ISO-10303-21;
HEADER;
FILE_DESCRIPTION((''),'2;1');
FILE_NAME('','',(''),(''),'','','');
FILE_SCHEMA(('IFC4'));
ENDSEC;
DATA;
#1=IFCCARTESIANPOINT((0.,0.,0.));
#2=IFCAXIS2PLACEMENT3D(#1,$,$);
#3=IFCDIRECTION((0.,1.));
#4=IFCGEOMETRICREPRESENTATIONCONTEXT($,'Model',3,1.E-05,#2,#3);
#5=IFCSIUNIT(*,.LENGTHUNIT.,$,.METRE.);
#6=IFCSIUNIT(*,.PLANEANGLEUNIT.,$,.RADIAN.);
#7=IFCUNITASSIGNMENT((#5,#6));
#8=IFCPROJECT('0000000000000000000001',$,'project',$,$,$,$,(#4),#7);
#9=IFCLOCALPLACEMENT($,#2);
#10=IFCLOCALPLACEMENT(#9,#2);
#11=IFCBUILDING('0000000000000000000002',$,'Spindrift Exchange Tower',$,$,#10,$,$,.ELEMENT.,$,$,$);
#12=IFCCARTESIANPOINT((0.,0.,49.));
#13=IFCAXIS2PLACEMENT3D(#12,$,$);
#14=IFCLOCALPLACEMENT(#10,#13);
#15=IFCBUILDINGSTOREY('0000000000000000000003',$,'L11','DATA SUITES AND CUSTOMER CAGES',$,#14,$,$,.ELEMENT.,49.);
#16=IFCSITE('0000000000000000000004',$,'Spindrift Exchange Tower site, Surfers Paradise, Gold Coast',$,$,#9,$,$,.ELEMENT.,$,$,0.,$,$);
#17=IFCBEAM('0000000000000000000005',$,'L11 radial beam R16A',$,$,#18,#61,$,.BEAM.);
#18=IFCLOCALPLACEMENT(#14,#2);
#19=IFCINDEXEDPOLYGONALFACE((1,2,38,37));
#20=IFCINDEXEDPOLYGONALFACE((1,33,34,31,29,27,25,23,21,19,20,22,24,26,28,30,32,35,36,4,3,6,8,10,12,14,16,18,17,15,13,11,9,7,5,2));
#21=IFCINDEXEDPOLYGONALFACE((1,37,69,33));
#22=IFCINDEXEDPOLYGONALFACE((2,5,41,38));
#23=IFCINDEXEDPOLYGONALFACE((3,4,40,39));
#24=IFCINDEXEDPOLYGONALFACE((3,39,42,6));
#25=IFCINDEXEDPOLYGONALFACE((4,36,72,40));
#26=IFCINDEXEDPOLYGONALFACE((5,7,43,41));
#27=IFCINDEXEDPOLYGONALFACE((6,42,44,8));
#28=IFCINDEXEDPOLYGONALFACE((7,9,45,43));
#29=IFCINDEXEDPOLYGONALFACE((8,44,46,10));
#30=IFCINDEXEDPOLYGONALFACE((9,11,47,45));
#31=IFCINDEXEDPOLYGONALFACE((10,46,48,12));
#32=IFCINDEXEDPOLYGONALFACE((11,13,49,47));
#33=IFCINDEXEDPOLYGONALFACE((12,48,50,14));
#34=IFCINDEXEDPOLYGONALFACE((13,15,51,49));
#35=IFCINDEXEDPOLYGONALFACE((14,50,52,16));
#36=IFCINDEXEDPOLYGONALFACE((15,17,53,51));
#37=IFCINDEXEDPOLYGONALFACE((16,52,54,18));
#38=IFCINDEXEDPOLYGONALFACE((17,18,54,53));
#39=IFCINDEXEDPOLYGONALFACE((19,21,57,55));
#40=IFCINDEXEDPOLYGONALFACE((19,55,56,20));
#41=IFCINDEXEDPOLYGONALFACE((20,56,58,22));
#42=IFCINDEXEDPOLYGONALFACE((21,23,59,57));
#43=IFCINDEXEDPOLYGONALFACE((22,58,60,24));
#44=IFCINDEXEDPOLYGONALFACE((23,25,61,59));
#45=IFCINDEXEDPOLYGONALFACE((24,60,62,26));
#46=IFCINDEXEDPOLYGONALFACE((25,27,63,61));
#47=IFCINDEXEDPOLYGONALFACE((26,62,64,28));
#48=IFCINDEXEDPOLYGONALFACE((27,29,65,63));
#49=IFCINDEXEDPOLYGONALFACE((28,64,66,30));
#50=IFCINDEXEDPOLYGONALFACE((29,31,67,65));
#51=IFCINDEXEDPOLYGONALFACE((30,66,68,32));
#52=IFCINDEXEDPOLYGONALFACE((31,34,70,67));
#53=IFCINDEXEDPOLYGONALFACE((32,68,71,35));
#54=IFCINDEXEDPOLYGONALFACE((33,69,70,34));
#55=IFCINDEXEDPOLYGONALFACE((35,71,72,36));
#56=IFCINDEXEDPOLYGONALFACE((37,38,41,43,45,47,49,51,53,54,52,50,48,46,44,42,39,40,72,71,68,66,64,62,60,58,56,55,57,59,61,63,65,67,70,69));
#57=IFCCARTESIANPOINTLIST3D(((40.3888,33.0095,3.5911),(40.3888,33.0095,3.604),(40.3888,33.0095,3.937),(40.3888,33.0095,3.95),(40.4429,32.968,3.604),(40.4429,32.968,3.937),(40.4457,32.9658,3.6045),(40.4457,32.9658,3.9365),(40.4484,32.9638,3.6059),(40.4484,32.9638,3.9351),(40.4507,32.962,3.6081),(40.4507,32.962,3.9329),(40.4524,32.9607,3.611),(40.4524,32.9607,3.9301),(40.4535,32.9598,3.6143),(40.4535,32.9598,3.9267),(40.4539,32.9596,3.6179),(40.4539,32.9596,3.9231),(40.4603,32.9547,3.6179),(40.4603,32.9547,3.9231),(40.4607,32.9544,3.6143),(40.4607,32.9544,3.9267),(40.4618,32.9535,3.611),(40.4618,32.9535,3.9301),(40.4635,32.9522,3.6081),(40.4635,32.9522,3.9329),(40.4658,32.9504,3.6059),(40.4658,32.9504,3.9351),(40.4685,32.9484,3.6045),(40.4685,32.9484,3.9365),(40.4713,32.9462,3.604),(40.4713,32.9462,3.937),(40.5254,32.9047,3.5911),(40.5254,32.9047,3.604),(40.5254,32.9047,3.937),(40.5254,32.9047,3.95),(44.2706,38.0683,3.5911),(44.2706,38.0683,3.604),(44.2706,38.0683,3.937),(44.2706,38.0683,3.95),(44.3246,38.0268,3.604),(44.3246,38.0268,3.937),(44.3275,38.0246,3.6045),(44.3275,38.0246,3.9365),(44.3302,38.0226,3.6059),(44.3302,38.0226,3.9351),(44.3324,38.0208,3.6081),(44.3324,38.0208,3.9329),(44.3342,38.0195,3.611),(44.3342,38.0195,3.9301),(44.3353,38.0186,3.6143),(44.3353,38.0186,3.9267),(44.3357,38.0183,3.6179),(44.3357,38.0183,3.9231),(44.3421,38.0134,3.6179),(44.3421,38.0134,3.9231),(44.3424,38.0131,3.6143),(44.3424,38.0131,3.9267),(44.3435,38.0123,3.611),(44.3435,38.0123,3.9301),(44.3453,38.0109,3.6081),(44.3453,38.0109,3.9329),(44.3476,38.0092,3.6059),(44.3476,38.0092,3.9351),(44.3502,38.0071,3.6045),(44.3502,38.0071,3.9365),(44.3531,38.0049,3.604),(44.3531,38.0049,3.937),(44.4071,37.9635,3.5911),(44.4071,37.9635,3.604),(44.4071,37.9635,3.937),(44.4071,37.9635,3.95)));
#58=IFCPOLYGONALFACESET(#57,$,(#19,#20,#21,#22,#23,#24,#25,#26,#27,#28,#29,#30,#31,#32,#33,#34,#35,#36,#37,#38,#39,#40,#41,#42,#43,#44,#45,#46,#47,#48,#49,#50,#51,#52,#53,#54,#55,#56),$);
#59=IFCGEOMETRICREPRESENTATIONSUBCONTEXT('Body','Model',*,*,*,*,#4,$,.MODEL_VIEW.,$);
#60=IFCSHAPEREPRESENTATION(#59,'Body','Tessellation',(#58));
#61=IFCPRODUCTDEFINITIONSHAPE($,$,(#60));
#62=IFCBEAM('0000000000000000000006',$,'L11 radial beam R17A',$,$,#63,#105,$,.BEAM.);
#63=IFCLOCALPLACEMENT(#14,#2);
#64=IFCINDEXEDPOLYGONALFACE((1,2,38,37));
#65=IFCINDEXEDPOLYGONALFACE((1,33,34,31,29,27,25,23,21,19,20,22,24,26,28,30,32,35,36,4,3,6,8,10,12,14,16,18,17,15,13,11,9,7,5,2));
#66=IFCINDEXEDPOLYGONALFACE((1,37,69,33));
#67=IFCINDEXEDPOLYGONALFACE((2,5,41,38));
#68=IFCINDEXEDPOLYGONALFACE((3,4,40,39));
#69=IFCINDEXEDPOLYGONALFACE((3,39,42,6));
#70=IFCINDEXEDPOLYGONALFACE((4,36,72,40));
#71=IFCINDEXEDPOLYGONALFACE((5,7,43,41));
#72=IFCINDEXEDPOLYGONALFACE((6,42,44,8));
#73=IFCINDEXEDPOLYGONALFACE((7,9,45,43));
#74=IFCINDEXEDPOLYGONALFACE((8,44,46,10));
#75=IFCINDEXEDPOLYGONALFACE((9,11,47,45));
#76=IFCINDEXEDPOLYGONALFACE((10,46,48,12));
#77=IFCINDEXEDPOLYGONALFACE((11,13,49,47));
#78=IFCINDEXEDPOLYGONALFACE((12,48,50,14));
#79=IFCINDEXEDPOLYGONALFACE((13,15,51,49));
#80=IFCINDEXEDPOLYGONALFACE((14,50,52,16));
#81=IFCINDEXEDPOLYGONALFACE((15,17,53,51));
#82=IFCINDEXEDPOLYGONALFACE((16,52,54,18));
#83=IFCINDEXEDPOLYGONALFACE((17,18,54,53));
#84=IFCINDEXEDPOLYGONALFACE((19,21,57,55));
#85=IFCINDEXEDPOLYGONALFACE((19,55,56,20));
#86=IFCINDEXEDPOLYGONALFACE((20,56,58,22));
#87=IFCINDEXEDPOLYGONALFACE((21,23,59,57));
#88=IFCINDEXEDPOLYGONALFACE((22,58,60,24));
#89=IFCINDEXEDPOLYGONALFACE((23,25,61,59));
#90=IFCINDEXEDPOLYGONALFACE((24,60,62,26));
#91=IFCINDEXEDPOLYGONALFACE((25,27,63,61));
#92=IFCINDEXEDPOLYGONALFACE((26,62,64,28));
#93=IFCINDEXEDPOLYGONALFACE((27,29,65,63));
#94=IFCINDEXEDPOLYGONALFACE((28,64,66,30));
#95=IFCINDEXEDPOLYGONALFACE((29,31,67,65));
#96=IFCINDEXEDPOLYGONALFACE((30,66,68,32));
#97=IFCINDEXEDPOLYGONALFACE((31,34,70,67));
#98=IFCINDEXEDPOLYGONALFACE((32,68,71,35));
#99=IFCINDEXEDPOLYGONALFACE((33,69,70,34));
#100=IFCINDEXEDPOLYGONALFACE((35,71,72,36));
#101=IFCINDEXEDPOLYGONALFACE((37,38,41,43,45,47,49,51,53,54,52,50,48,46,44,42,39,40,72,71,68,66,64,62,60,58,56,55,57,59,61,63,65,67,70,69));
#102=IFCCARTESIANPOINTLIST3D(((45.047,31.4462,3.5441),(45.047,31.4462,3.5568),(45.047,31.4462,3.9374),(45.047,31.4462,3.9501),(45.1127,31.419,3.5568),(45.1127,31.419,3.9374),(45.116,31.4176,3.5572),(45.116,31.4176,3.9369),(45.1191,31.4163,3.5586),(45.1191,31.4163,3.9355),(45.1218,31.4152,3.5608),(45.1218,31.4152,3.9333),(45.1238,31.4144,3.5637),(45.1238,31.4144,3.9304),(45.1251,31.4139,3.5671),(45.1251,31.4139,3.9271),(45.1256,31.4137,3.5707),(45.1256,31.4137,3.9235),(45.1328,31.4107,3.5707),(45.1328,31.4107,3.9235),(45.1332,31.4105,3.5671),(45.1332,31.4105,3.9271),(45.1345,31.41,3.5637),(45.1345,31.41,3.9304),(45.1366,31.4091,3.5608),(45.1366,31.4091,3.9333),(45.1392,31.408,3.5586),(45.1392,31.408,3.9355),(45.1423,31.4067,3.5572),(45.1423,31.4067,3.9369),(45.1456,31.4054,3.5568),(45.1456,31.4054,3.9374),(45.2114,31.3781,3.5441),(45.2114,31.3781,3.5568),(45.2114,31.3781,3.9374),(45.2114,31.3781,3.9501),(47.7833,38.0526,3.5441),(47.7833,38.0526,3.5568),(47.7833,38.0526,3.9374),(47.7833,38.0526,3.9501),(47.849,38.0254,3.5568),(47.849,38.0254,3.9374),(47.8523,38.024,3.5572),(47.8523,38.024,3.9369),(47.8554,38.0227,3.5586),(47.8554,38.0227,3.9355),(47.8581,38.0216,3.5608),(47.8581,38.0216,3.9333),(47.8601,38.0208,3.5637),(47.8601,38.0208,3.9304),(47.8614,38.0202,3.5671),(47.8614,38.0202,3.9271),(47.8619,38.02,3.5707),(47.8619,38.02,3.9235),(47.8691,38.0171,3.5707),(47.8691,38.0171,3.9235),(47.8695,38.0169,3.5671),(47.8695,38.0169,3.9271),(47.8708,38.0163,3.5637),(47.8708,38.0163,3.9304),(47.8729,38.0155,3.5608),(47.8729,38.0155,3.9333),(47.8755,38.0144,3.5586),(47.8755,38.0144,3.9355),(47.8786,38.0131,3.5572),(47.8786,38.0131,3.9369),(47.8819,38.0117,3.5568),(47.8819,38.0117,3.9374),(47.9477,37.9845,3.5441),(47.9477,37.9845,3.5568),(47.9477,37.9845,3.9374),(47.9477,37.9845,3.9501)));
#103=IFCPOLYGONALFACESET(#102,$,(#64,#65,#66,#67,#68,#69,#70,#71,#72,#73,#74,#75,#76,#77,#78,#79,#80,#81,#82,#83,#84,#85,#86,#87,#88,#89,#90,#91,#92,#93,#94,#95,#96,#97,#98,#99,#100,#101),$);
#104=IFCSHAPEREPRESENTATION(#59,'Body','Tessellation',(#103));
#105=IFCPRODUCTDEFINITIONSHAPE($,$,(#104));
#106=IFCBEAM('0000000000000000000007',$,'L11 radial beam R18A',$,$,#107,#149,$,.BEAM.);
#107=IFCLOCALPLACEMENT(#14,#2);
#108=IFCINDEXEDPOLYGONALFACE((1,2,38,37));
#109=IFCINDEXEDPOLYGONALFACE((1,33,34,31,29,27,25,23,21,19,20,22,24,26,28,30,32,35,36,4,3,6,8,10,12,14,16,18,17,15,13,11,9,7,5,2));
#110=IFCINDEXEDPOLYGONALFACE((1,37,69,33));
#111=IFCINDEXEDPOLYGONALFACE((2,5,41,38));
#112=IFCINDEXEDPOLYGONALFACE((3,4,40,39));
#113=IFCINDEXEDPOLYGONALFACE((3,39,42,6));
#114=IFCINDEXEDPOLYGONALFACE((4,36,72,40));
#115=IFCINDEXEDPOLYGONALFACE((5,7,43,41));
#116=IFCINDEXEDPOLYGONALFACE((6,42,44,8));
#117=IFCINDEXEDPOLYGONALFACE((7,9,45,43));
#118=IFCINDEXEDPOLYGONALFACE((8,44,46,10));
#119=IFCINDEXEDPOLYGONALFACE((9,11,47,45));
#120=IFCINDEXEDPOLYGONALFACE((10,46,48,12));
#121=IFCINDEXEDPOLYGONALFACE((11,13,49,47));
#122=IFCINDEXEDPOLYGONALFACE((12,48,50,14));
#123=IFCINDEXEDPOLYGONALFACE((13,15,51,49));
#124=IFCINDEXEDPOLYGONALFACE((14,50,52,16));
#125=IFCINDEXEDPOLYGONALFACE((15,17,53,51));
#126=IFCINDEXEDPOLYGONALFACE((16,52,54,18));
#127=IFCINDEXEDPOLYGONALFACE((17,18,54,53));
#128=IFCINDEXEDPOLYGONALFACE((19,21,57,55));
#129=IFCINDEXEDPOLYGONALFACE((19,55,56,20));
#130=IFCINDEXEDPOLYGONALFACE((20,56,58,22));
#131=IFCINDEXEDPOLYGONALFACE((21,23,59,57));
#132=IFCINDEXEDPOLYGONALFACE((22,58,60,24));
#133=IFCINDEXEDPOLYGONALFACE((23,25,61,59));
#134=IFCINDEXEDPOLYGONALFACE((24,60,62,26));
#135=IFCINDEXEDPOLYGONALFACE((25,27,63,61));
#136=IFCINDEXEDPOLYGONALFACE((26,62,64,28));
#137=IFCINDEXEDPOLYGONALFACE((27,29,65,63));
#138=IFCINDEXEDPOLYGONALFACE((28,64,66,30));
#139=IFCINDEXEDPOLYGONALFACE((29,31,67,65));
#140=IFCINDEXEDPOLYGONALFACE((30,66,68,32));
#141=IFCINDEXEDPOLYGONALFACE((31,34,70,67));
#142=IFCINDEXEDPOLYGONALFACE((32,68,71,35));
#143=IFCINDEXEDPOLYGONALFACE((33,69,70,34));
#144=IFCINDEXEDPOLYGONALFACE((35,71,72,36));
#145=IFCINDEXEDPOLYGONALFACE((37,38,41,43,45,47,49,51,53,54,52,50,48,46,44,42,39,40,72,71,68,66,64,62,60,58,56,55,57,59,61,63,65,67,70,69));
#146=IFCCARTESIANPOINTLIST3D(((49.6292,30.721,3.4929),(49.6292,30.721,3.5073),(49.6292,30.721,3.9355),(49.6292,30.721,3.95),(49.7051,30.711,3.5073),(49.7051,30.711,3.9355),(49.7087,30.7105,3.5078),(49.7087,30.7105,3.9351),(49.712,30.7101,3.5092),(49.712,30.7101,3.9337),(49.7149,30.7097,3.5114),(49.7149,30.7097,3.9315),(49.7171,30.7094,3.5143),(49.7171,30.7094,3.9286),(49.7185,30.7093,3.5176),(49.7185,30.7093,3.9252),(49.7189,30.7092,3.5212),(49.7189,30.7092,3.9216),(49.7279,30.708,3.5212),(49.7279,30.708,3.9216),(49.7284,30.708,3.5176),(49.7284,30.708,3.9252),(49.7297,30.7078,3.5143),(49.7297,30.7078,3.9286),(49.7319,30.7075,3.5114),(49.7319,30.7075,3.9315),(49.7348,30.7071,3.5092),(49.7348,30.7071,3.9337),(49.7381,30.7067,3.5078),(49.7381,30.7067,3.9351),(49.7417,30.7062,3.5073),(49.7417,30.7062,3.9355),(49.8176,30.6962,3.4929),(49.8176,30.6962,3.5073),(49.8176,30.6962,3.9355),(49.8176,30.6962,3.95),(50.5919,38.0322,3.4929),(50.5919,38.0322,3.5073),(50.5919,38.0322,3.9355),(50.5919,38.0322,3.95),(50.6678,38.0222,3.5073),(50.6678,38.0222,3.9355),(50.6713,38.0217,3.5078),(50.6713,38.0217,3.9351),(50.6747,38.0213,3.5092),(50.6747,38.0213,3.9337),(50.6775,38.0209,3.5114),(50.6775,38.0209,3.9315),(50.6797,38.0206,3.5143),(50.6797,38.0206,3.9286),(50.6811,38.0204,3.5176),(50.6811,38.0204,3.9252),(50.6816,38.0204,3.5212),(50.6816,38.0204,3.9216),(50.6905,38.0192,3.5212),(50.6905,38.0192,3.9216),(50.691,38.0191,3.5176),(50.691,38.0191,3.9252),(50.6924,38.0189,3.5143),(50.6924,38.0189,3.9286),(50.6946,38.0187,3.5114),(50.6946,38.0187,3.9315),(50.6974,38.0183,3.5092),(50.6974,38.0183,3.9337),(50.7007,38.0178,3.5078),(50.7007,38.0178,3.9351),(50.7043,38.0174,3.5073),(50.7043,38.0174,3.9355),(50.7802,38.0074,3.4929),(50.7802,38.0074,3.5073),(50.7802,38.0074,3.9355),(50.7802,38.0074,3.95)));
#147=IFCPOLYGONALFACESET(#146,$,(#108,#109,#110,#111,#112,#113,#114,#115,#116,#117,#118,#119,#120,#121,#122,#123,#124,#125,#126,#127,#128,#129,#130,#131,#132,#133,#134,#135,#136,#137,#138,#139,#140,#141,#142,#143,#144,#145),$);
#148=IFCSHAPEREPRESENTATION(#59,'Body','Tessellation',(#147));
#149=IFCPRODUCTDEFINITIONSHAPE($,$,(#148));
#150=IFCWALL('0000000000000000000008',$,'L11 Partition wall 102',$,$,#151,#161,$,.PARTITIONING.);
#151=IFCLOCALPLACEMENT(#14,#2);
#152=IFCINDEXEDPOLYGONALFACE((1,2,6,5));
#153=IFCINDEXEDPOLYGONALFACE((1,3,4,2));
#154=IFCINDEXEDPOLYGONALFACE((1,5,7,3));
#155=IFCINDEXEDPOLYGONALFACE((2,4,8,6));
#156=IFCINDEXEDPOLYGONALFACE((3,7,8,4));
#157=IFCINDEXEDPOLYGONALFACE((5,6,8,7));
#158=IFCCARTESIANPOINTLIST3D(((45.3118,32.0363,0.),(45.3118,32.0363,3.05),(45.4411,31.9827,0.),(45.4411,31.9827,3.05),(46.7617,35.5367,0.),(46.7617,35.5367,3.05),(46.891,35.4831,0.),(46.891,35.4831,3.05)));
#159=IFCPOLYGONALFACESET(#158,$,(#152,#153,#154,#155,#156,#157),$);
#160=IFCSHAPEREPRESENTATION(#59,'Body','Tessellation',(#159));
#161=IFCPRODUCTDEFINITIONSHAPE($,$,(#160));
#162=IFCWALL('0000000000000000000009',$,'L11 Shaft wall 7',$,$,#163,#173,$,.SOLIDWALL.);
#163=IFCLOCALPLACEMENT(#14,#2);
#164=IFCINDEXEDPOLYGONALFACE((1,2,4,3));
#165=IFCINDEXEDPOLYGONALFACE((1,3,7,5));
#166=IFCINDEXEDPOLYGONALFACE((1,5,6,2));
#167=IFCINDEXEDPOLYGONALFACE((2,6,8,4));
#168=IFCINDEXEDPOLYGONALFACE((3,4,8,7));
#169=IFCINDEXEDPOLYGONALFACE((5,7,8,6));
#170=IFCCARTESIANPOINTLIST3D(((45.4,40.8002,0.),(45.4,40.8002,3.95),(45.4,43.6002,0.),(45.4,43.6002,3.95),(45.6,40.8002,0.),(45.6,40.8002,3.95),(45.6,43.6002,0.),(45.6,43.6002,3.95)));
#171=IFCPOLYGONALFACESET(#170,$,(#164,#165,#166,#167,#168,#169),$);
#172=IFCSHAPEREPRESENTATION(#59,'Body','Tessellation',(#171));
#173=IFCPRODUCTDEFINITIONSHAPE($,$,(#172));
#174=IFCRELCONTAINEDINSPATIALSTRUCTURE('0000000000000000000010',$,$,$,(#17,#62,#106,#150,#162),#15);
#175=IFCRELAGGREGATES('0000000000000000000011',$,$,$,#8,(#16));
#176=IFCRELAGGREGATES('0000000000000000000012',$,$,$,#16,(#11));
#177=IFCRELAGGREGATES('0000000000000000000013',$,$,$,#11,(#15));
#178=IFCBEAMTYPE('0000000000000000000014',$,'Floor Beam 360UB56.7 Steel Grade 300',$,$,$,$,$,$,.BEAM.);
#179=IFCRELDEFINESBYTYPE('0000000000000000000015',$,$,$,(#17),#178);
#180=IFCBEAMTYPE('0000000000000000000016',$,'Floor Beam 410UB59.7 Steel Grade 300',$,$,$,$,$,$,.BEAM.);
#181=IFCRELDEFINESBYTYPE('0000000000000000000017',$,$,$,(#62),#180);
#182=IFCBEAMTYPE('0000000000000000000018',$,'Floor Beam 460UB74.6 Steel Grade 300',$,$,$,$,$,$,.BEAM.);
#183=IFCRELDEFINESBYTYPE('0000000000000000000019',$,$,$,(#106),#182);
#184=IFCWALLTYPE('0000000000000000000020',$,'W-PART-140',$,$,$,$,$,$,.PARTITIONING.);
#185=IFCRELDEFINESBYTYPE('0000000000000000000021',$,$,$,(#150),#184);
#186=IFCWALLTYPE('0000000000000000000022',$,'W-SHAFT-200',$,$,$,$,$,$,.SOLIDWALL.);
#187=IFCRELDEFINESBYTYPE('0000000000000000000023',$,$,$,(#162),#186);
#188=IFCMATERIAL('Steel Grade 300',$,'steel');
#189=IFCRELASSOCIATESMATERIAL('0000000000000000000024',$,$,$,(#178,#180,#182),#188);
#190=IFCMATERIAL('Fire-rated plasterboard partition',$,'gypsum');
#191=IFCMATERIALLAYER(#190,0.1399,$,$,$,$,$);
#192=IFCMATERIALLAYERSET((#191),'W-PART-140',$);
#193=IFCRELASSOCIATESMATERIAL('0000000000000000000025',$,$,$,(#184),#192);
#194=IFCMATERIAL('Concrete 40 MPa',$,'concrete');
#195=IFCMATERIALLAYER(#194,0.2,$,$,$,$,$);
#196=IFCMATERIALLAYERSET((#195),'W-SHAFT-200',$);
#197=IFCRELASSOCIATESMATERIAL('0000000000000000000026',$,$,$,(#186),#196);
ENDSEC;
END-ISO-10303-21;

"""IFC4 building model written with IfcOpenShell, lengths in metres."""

from ifc_helpers import new_model, si_unit, direction, frame, frame_2d, origin, origin_2d, place, context, subcontext, project, spatial, rectangle, i_section, extrude, source, transform, mapped, material, layer, layer_set, material_profile, profile_set, type_object, element, save


model = new_model("IFC4")

# Units and contexts
model_context = context("Model", 3, precision=1e-05, world=origin(), true_north=direction((0.0, 1.0)))
body_context = subcontext(model_context, "Body", "Model", "MODEL_VIEW")
ifc_project = project(units=[si_unit("LENGTHUNIT", "METRE"), si_unit("PLANEANGLEUNIT", "RADIAN")], contexts=[model_context])

# Site, building, storey
site_placement = place(None, origin())
site = spatial("IfcSite", under=ifc_project, at=site_placement, Name="Spindrift Exchange Tower site, Surfers Paradise, Gold Coast", CompositionType="ELEMENT", RefElevation=0.0)
building_placement = place(site_placement, origin())
building = spatial("IfcBuilding", under=site, at=building_placement, Name="Spindrift Exchange Tower", CompositionType="ELEMENT")
storey_placement = place(building_placement, frame((0.0, 0.0, 49.0)))
storey = spatial("IfcBuildingStorey", under=building, at=storey_placement, Name="L11", Description="DATA SUITES AND CUSTOMER CAGES", CompositionType="ELEMENT", Elevation=49.0)

# Beams
ifc_material_1 = material(Name="Steel Grade 300", Category="steel")
ifc_material_profile_1 = material_profile(ifc_material_1, i_section(OverallWidth=0.1721, OverallDepth=0.3589, WebThickness=0.0081, FlangeThickness=0.0129, FilletRadius=0.0139, at=origin_2d()), Name="360UB56.7")
ifc_profile_set_1 = profile_set([ifc_material_profile_1], Name="Steel Grade 300")
beam_type_1 = type_object("IfcBeamType", Name="Floor Beam 360UB56.7 Steel Grade 300", PredefinedType="BEAM", material=ifc_profile_set_1)
shared_shape_1 = source(origin(), body_context, "Body", "SweptSolid", [
    extrude(i_section(OverallWidth=0.1721, OverallDepth=0.3589, WebThickness=0.0081, FlangeThickness=0.0129, FilletRadius=0.0139, at=origin_2d()), origin(), (0.0, 0.0, 1.0), 6.3765),
])
beam_1_placement = place(storey_placement, frame((44.3389, 38.0159, 3.7705), z_axis=(-0.608767, -0.793349, 0.0), x_axis=(0.793349, -0.608767, 0.0)))
element("IfcBeam", 1, at=beam_1_placement, inside=storey, type_object=beam_type_1, Name="L11 radial beam R16A", PredefinedType="BEAM", context=body_context, shape_type="MappedRepresentation", body=[
    mapped(shared_shape_1, transform((0.0, 0.0, 0.0), scale=1.0)),
])
ifc_material_profile_2 = material_profile(ifc_material_1, i_section(OverallWidth=0.178, OverallDepth=0.406, WebThickness=0.0078, FlangeThickness=0.0127, FilletRadius=0.0139, at=origin_2d()), Name="410UB59.7")
ifc_profile_set_2 = profile_set([ifc_material_profile_2], Name="Steel Grade 300")
beam_type_2 = type_object("IfcBeamType", Name="Floor Beam 410UB59.7 Steel Grade 300", PredefinedType="BEAM", material=ifc_profile_set_2)
shared_shape_2 = source(origin(), body_context, "Body", "SweptSolid", [
    extrude(i_section(OverallWidth=0.178, OverallDepth=0.406, WebThickness=0.0078, FlangeThickness=0.0127, FilletRadius=0.0139, at=origin_2d()), origin(), (0.0, 0.0, 1.0), 7.1506),
])
beam_2_placement = place(storey_placement, frame((47.8655, 38.0186, 3.7471), z_axis=(-0.382665, -0.923887, 0.0), x_axis=(0.923887, -0.382665, 0.0)))
element("IfcBeam", 2, at=beam_2_placement, inside=storey, type_object=beam_type_2, Name="L11 radial beam R17A", PredefinedType="BEAM", context=body_context, shape_type="MappedRepresentation", body=[
    mapped(shared_shape_2, transform((0.0, 0.0, 0.0), scale=1.0)),
])
ifc_material_profile_3 = material_profile(ifc_material_1, i_section(OverallWidth=0.1899, OverallDepth=0.457, WebThickness=0.009, FlangeThickness=0.0144, FilletRadius=0.0139, at=origin_2d()), Name="460UB74.6")
ifc_profile_set_3 = profile_set([ifc_material_profile_3], Name="Steel Grade 300")
beam_type_3 = type_object("IfcBeamType", Name="Floor Beam 460UB74.6 Steel Grade 300", PredefinedType="BEAM", material=ifc_profile_set_3)
shared_shape_3 = source(origin(), body_context, "Body", "SweptSolid", [
    extrude(i_section(OverallWidth=0.1899, OverallDepth=0.457, WebThickness=0.009, FlangeThickness=0.0144, FilletRadius=0.0139, at=origin_2d()), origin(), (0.0, 0.0, 1.0), 7.3743),
])
beam_3_placement = place(storey_placement, frame((50.686, 38.0198, 3.7214), z_axis=(-0.130539, -0.991443, 0.0), x_axis=(0.991443, -0.130539, 0.0)))
element("IfcBeam", 3, at=beam_3_placement, inside=storey, type_object=beam_type_3, Name="L11 radial beam R18A", PredefinedType="BEAM", context=body_context, shape_type="MappedRepresentation", body=[
    mapped(shared_shape_3, transform((0.0, 0.0, 0.0), scale=1.0)),
])

# Walls
ifc_material_2 = material(Name="Fire-rated plasterboard partition", Category="gypsum")
ifc_layer_1 = layer(ifc_material_2, 0.1399)
ifc_layer_set_1 = layer_set([ifc_layer_1], Name="W-PART-140")
wall_type_1 = type_object("IfcWallType", Name="W-PART-140", PredefinedType="PARTITIONING", material=ifc_layer_set_1)
wall_1_placement = place(storey_placement, frame((46.8264, 35.51, 0.0), z_axis=(0.0, 0.0, 1.0), x_axis=(-0.382684, -0.923879, 0.0)))
element("IfcWall", 4, at=wall_1_placement, inside=storey, type_object=wall_type_1, Name="L11 Partition wall 102", PredefinedType="PARTITIONING", context=body_context, shape_type="SweptSolid", body=[
    extrude(rectangle(XDim=3.7888, YDim=0.1399, at=frame_2d((1.8945, 0.0))), origin(), (0.0, 0.0, 1.0), 3.05),
])
ifc_material_3 = material(Name="Concrete 40 MPa", Category="concrete")
ifc_layer_2 = layer(ifc_material_3, 0.2)
ifc_layer_set_2 = layer_set([ifc_layer_2], Name="W-SHAFT-200")
wall_type_2 = type_object("IfcWallType", Name="W-SHAFT-200", PredefinedType="SOLIDWALL", material=ifc_layer_set_2)
wall_2_placement = place(storey_placement, frame((45.5, 43.6001, 0.0), z_axis=(0.0, 0.0, 1.0), x_axis=(0.0, -1.0, 0.0)))
element("IfcWall", 5, at=wall_2_placement, inside=storey, type_object=wall_type_2, Name="L11 Shaft wall 7", PredefinedType="SOLIDWALL", context=body_context, shape_type="SweptSolid", body=[
    extrude(rectangle(XDim=2.8, YDim=0.2, at=frame_2d((1.3999, 0.0))), origin(), (0.0, 0.0, 1.0), 3.95),
])

save(model, "model.ifc")
